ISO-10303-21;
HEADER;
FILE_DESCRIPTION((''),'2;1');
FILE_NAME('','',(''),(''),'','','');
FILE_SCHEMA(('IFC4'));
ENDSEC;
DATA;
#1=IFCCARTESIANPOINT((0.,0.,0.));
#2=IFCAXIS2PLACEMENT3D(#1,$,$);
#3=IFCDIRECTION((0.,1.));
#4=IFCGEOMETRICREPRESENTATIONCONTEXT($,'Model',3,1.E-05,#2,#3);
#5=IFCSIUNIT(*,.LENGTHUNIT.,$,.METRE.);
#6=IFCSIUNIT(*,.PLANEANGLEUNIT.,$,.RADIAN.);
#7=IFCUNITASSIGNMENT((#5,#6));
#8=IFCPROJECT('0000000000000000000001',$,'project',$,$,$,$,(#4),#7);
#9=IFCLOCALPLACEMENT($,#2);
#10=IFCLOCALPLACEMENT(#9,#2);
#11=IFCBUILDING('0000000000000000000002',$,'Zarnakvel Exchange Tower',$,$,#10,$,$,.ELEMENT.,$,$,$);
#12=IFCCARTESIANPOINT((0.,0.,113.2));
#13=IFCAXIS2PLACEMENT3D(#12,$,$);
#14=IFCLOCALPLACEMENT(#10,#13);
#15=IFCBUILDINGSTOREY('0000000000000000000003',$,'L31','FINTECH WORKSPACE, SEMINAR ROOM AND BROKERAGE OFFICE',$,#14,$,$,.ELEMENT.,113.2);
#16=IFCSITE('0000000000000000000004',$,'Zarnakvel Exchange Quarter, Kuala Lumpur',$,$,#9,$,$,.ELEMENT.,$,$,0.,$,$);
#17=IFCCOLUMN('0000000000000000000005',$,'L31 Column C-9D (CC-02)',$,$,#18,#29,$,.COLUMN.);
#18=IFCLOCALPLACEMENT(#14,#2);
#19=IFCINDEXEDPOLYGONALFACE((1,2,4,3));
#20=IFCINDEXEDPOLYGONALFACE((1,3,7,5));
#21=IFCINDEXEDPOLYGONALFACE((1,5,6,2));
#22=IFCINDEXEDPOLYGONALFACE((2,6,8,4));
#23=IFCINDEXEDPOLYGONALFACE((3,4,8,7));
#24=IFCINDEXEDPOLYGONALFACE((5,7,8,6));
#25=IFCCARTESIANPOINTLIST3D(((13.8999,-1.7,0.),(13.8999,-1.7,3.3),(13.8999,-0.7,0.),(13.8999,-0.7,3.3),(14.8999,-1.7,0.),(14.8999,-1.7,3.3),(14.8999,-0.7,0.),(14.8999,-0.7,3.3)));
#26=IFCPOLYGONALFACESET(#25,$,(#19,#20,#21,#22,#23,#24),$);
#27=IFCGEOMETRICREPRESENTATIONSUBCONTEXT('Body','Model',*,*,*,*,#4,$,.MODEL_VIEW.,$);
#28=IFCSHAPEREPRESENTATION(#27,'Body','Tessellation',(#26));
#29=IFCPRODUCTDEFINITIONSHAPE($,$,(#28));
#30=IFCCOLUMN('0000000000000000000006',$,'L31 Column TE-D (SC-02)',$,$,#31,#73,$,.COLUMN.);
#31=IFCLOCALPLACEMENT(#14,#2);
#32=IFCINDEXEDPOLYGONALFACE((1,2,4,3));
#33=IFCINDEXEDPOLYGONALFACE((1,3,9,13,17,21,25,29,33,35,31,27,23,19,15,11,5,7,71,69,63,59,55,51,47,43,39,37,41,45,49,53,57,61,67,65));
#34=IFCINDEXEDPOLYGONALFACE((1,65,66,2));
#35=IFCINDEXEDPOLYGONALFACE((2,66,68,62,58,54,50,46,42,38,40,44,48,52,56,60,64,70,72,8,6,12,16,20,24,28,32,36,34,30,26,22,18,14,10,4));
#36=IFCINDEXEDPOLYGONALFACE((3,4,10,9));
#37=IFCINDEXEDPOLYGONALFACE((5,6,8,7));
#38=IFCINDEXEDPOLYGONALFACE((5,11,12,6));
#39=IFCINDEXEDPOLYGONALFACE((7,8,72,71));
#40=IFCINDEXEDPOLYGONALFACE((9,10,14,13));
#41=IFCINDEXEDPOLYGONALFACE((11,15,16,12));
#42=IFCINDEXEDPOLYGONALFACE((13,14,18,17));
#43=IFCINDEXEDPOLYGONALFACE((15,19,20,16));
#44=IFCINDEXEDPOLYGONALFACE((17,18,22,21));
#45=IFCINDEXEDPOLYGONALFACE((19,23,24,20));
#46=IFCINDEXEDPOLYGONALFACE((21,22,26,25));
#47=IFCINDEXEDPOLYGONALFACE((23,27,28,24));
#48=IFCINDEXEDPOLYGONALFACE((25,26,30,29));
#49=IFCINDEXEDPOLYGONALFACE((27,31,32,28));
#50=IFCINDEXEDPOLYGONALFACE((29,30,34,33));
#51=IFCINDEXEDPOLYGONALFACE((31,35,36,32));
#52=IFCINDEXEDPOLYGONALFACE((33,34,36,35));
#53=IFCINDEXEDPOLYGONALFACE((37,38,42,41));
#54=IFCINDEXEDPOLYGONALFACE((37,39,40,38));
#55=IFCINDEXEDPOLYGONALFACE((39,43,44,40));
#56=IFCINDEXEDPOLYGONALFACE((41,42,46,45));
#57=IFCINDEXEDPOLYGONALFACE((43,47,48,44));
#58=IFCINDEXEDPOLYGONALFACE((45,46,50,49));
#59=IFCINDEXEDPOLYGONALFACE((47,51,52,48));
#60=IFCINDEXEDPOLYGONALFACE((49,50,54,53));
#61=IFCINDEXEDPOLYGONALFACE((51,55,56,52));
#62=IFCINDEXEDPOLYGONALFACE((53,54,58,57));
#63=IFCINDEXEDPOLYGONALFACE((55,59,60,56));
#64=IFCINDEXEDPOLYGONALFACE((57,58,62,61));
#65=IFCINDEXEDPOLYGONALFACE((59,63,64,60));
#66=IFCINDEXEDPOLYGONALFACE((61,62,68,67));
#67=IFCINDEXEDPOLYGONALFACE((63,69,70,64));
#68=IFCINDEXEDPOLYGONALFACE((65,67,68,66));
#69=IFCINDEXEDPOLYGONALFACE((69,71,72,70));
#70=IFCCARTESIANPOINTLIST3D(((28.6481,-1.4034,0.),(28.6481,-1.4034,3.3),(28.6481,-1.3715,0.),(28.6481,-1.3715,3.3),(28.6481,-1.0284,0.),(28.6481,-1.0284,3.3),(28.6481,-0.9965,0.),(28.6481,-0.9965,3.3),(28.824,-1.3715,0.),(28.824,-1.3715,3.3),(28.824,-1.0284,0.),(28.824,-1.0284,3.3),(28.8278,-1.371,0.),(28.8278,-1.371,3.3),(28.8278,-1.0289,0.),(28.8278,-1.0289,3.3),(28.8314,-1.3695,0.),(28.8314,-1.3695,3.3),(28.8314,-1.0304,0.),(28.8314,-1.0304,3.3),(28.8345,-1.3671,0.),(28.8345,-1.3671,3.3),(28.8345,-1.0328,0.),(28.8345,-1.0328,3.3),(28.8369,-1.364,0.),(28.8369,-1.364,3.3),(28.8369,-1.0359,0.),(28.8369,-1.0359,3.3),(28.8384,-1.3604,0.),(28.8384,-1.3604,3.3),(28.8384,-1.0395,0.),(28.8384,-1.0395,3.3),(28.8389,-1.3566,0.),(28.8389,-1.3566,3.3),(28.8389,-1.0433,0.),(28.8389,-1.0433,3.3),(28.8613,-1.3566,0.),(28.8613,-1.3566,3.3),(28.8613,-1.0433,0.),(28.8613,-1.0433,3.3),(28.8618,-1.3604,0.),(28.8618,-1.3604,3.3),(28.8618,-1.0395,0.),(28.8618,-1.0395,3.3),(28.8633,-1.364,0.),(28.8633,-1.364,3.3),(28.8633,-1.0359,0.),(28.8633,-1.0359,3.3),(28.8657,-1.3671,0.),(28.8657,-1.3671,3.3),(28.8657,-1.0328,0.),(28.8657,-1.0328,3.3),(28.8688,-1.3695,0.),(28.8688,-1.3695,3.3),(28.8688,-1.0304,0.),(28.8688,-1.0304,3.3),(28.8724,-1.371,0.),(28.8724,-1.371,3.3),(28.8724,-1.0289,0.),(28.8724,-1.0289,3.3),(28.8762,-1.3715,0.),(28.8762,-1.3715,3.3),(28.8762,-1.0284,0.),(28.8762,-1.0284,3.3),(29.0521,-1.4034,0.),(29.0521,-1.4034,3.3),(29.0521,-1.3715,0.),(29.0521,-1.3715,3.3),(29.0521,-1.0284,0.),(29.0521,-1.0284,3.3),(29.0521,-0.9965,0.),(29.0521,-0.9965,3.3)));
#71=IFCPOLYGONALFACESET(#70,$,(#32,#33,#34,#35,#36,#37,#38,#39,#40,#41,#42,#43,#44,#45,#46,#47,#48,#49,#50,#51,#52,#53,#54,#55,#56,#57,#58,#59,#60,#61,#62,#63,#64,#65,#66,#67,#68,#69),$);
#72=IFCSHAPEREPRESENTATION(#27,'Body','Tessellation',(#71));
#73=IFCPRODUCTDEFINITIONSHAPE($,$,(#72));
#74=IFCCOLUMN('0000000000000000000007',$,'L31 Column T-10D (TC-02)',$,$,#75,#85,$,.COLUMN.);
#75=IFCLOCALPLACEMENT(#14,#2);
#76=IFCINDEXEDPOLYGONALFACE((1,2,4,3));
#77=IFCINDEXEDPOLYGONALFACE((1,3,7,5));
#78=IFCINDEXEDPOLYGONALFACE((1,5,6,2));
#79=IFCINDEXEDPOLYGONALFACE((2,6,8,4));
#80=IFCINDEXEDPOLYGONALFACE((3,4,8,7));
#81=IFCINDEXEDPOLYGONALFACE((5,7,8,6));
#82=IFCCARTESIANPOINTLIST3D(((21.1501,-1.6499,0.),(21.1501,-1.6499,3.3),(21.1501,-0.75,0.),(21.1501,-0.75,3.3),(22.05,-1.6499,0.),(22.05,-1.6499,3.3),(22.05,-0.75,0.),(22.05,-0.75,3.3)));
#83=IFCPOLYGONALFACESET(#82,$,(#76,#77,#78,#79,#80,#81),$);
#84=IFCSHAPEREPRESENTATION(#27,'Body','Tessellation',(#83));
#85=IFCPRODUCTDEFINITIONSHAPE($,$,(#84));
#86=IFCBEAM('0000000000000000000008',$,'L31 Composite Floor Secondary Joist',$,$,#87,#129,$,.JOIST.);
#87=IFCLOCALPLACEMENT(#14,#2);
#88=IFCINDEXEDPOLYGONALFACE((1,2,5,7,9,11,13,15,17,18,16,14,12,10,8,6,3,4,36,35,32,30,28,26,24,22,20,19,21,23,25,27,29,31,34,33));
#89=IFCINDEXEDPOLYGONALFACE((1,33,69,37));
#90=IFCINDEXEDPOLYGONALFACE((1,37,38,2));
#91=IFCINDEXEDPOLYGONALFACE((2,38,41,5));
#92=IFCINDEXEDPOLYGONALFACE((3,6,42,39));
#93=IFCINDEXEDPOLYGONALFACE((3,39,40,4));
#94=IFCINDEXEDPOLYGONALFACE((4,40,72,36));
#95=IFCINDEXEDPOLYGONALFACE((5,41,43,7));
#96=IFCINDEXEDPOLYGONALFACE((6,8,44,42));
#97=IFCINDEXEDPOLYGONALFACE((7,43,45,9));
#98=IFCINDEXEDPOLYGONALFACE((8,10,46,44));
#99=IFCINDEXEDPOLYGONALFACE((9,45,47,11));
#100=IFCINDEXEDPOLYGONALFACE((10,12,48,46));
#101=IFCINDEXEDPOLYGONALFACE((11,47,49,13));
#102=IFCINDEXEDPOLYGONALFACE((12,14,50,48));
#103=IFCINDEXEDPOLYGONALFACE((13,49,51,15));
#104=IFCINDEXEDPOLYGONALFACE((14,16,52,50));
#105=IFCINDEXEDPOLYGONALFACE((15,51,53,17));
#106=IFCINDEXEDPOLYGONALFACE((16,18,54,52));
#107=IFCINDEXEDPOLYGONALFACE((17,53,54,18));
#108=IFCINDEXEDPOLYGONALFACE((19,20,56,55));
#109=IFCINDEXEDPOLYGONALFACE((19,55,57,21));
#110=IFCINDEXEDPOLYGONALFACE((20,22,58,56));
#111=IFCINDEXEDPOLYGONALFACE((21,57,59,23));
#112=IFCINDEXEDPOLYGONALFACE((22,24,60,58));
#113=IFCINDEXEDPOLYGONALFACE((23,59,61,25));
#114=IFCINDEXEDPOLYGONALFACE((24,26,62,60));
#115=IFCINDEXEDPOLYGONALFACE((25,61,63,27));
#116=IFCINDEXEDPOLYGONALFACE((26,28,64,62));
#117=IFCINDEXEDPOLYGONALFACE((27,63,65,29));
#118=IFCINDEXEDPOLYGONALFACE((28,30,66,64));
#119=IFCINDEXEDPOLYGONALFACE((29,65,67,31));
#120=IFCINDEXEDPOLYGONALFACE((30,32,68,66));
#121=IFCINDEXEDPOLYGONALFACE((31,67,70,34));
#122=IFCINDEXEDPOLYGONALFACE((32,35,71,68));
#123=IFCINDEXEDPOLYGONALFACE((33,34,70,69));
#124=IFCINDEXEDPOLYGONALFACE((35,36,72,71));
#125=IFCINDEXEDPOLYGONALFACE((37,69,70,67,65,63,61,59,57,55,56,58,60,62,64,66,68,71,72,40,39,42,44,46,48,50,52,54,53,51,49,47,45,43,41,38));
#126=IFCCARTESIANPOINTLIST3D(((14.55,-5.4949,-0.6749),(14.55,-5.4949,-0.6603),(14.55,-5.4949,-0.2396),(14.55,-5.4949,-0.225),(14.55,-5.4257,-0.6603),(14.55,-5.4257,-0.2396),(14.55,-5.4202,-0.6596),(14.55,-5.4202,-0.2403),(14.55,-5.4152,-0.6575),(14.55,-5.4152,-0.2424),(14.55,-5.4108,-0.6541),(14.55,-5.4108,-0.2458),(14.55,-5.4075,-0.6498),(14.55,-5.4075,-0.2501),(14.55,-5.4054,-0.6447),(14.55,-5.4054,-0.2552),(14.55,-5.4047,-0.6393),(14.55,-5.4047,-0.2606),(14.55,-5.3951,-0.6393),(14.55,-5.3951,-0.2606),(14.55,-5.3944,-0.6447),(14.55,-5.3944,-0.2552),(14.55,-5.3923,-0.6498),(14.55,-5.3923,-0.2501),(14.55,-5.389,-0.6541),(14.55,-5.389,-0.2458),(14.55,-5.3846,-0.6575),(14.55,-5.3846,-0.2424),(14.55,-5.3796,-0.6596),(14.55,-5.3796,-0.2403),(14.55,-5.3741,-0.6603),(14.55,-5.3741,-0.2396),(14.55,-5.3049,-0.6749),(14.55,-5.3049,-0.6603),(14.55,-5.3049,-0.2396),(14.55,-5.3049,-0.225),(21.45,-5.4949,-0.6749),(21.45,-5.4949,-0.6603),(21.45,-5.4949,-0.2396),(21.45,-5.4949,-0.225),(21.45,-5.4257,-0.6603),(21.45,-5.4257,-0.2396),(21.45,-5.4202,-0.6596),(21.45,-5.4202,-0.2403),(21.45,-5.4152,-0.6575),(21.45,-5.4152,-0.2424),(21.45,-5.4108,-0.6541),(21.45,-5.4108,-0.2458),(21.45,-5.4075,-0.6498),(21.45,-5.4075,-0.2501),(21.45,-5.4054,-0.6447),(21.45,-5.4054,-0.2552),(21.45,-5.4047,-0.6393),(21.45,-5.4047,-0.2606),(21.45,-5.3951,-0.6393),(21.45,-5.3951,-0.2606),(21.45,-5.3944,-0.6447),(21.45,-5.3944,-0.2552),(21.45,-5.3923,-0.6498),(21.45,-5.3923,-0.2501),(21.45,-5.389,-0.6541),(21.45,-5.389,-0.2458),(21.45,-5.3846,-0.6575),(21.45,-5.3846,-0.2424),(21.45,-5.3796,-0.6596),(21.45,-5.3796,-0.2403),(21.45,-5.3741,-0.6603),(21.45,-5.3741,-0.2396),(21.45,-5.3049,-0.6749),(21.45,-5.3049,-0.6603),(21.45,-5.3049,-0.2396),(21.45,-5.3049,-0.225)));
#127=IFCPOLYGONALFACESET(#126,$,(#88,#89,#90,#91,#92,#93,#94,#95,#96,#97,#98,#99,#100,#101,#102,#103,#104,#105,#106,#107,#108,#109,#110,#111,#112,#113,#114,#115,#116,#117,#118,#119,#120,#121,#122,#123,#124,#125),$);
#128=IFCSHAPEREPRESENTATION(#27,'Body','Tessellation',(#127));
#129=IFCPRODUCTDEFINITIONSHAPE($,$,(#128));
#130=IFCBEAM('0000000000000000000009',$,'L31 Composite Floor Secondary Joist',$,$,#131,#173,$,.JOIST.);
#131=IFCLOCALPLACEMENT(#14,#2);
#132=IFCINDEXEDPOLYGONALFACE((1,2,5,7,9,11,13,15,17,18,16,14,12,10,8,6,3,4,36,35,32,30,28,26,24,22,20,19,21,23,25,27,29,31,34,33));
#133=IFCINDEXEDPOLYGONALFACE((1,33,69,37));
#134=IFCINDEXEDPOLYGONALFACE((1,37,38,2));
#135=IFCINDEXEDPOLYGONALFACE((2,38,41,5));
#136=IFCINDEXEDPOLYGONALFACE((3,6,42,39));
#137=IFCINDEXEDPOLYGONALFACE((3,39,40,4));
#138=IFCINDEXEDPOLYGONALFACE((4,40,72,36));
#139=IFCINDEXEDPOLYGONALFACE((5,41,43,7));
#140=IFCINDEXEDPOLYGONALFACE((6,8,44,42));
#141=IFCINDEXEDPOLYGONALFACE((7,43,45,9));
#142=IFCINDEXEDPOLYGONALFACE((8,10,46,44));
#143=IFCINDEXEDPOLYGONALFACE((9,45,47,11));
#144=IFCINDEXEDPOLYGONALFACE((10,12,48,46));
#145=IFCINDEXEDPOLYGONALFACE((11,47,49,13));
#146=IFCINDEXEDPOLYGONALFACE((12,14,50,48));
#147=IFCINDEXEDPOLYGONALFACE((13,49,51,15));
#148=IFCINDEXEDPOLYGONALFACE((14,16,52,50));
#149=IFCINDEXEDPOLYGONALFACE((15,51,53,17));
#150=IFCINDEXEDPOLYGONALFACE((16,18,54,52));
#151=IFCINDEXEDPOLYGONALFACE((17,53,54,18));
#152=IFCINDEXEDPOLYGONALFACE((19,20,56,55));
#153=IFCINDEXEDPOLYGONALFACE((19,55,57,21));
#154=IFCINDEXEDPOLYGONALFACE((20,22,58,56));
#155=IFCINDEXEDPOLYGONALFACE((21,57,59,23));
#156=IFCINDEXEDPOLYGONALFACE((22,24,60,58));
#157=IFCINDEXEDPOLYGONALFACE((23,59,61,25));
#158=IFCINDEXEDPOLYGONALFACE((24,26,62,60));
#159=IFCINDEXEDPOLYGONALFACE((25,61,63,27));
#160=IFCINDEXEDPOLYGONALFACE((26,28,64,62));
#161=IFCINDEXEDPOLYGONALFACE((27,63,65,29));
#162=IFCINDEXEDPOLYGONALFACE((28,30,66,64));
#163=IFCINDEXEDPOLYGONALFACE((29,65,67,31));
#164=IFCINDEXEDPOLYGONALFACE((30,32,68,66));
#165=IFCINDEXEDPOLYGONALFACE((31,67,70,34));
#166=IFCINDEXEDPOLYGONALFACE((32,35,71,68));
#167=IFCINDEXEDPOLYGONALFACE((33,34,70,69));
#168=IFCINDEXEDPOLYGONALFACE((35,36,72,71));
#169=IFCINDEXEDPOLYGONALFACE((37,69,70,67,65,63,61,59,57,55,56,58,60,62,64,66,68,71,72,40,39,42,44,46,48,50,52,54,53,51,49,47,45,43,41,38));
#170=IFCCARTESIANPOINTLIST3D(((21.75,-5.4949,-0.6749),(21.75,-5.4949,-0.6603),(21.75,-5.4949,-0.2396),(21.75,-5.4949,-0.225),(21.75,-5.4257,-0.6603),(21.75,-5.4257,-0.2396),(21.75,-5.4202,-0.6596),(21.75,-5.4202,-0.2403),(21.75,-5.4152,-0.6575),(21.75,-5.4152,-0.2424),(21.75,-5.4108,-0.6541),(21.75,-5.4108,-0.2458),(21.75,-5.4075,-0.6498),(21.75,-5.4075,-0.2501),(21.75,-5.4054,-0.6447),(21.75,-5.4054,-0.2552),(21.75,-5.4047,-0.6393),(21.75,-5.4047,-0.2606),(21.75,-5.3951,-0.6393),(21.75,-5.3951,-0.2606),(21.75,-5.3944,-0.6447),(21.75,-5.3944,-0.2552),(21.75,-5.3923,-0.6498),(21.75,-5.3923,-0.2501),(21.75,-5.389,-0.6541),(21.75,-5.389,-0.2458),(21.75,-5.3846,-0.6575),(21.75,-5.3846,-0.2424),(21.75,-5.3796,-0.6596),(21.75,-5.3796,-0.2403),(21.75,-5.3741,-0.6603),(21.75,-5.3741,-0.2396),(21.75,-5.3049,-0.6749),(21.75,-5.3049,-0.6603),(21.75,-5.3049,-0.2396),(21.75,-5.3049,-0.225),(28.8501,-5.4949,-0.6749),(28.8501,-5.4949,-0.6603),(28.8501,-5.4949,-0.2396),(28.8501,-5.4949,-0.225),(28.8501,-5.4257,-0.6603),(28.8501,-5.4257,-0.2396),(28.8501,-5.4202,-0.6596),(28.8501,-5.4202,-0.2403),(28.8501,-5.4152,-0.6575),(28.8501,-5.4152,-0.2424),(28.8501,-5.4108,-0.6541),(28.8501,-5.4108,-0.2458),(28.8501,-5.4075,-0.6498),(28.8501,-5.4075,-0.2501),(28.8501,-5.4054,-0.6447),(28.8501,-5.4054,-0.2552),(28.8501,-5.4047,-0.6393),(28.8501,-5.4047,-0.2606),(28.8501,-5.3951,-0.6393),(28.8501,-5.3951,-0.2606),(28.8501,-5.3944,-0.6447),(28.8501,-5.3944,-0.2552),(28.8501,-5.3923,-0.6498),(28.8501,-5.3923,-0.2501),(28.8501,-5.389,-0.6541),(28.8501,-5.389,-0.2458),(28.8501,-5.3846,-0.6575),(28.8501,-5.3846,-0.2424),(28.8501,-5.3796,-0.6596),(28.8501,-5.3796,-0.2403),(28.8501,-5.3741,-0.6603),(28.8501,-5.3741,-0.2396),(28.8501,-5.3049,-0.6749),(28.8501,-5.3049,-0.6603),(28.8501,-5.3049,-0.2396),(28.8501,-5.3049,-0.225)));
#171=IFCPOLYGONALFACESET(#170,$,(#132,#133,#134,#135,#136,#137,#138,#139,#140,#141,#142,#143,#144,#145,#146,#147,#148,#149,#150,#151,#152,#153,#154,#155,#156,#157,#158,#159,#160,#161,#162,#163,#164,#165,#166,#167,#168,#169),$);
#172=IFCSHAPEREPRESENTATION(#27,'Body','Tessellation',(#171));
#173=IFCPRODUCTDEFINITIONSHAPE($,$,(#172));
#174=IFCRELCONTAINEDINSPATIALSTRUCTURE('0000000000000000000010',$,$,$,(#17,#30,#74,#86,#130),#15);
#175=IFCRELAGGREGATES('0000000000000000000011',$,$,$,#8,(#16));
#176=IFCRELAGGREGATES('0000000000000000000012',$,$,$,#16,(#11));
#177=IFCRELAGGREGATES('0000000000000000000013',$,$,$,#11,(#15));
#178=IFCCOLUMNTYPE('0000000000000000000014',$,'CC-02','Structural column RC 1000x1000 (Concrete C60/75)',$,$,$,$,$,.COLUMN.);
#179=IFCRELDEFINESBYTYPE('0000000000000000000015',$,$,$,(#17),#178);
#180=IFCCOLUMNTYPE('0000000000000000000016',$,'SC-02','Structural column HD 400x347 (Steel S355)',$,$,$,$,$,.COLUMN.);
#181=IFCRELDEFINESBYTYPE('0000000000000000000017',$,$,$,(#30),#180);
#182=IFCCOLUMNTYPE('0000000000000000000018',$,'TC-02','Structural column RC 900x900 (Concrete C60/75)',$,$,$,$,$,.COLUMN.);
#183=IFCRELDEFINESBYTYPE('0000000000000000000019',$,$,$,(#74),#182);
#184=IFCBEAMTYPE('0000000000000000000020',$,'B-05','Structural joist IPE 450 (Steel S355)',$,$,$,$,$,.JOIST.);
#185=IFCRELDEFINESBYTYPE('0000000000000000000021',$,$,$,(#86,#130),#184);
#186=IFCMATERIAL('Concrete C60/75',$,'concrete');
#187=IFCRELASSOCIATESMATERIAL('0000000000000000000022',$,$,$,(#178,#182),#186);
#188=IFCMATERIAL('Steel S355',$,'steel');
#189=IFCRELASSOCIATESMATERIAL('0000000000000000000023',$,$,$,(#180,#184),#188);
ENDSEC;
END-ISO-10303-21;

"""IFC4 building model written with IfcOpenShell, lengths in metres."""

from ifc_helpers import new_model, si_unit, direction, frame, origin, origin_2d, place, context, subcontext, project, spatial, rectangle, i_section, extrude, material, material_profile, profile_set, type_object, element, save


model = new_model("IFC4")

# Units and contexts
model_context = context("Model", 3, precision=1e-05, world=origin(), true_north=direction((0.0, 1.0)))
body_context = subcontext(model_context, "Body", "Model", "MODEL_VIEW")
ifc_project = project(units=[si_unit("LENGTHUNIT", "METRE"), si_unit("PLANEANGLEUNIT", "RADIAN")], contexts=[model_context])

# Site, building, storey
site_placement = place(None, origin())
site = spatial("IfcSite", under=ifc_project, at=site_placement, Name="Zarnakvel Exchange Quarter, Kuala Lumpur", CompositionType="ELEMENT", RefElevation=0.0)
building_placement = place(site_placement, origin())
building = spatial("IfcBuilding", under=site, at=building_placement, Name="Zarnakvel Exchange Tower", CompositionType="ELEMENT")
storey_placement = place(building_placement, frame((0.0, 0.0, 113.2)))
storey = spatial("IfcBuildingStorey", under=building, at=storey_placement, Name="L31", Description="FINTECH WORKSPACE, SEMINAR ROOM AND BROKERAGE OFFICE", CompositionType="ELEMENT", Elevation=113.2)

# Columns
ifc_material_1 = material(Name="Concrete C60/75", Category="concrete")
ifc_material_profile_1 = material_profile(ifc_material_1, rectangle(XDim=1.0, YDim=1.0, at=origin_2d()))
ifc_profile_set_1 = profile_set([ifc_material_profile_1], Name="Concrete C60/75")
column_type_1 = type_object("IfcColumnType", Name="CC-02", Description="Structural column RC 1000x1000 (Concrete C60/75)", PredefinedType="COLUMN", material=ifc_profile_set_1)
column_1_placement = place(storey_placement, frame((14.3999, -1.2, 0.0), z_axis=(0.0, 0.0, 1.0), x_axis=(1.0, 0.0, 0.0)))
element("IfcColumn", 1, at=column_1_placement, inside=storey, type_object=column_type_1, Name="L31 Column C-9D (CC-02)", PredefinedType="COLUMN", context=body_context, shape_type="SweptSolid", body=[
    extrude(rectangle(XDim=1.0, YDim=1.0, at=origin_2d()), origin(), (0.0, 0.0, 1.0), 3.3),
])
ifc_material_2 = material(Name="Steel S355", Category="steel")
ifc_material_profile_2 = material_profile(ifc_material_2, i_section(OverallWidth=0.4041, OverallDepth=0.407, WebThickness=0.0225, FlangeThickness=0.032, FilletRadius=0.0149, at=origin_2d()))
ifc_profile_set_2 = profile_set([ifc_material_profile_2], Name="Steel S355")
column_type_2 = type_object("IfcColumnType", Name="SC-02", Description="Structural column HD 400x347 (Steel S355)", PredefinedType="COLUMN", material=ifc_profile_set_2)
column_2_placement = place(storey_placement, frame((28.8501, -1.2, 0.0), z_axis=(0.0, 0.0, 1.0), x_axis=(1.0, 0.0, 0.0)))
element("IfcColumn", 2, at=column_2_placement, inside=storey, type_object=column_type_2, Name="L31 Column TE-D (SC-02)", PredefinedType="COLUMN", context=body_context, shape_type="SweptSolid", body=[
    extrude(i_section(OverallWidth=0.4041, OverallDepth=0.407, WebThickness=0.0225, FlangeThickness=0.032, FilletRadius=0.0149, at=origin_2d()), origin(), (0.0, 0.0, 1.0), 3.3),
])
ifc_material_profile_3 = material_profile(ifc_material_1, rectangle(XDim=0.8999, YDim=0.8999, at=origin_2d()))
ifc_profile_set_3 = profile_set([ifc_material_profile_3], Name="Concrete C60/75")
column_type_3 = type_object("IfcColumnType", Name="TC-02", Description="Structural column RC 900x900 (Concrete C60/75)", PredefinedType="COLUMN", material=ifc_profile_set_3)
column_3_placement = place(storey_placement, frame((21.6001, -1.2, 0.0), z_axis=(0.0, 0.0, 1.0), x_axis=(1.0, 0.0, 0.0)))
element("IfcColumn", 3, at=column_3_placement, inside=storey, type_object=column_type_3, Name="L31 Column T-10D (TC-02)", PredefinedType="COLUMN", context=body_context, shape_type="SweptSolid", body=[
    extrude(rectangle(XDim=0.8999, YDim=0.8999, at=origin_2d()), origin(), (0.0, 0.0, 1.0), 3.3),
])

# Beams
ifc_material_profile_4 = material_profile(ifc_material_2, i_section(OverallWidth=0.1899, OverallDepth=0.45, WebThickness=0.0095, FlangeThickness=0.0146, FilletRadius=0.021, at=origin_2d()))
ifc_profile_set_4 = profile_set([ifc_material_profile_4], Name="Steel S355")
beam_type_1 = type_object("IfcBeamType", Name="B-05", Description="Structural joist IPE 450 (Steel S355)", PredefinedType="JOIST", material=ifc_profile_set_4)
beam_1_placement = place(storey_placement, frame((14.55, -5.3999, -0.45), z_axis=(1.0, 0.0, 0.0), x_axis=(0.0, 1.0, 0.0)))
element("IfcBeam", 4, at=beam_1_placement, inside=storey, type_object=beam_type_1, Name="L31 Composite Floor Secondary Joist", PredefinedType="JOIST", context=body_context, shape_type="SweptSolid", body=[
    extrude(i_section(OverallWidth=0.1899, OverallDepth=0.45, WebThickness=0.0095, FlangeThickness=0.0146, FilletRadius=0.021, at=origin_2d()), origin(), (0.0, 0.0, 1.0), 6.8999),
])
beam_2_placement = place(storey_placement, frame((21.75, -5.3999, -0.45), z_axis=(1.0, 0.0, 0.0), x_axis=(0.0, 1.0, 0.0)))
element("IfcBeam", 5, at=beam_2_placement, inside=storey, type_object=beam_type_1, Name="L31 Composite Floor Secondary Joist", PredefinedType="JOIST", context=body_context, shape_type="SweptSolid", body=[
    extrude(i_section(OverallWidth=0.1899, OverallDepth=0.45, WebThickness=0.0095, FlangeThickness=0.0146, FilletRadius=0.021, at=origin_2d()), origin(), (0.0, 0.0, 1.0), 7.1001),
])

save(model, "model.ifc")
